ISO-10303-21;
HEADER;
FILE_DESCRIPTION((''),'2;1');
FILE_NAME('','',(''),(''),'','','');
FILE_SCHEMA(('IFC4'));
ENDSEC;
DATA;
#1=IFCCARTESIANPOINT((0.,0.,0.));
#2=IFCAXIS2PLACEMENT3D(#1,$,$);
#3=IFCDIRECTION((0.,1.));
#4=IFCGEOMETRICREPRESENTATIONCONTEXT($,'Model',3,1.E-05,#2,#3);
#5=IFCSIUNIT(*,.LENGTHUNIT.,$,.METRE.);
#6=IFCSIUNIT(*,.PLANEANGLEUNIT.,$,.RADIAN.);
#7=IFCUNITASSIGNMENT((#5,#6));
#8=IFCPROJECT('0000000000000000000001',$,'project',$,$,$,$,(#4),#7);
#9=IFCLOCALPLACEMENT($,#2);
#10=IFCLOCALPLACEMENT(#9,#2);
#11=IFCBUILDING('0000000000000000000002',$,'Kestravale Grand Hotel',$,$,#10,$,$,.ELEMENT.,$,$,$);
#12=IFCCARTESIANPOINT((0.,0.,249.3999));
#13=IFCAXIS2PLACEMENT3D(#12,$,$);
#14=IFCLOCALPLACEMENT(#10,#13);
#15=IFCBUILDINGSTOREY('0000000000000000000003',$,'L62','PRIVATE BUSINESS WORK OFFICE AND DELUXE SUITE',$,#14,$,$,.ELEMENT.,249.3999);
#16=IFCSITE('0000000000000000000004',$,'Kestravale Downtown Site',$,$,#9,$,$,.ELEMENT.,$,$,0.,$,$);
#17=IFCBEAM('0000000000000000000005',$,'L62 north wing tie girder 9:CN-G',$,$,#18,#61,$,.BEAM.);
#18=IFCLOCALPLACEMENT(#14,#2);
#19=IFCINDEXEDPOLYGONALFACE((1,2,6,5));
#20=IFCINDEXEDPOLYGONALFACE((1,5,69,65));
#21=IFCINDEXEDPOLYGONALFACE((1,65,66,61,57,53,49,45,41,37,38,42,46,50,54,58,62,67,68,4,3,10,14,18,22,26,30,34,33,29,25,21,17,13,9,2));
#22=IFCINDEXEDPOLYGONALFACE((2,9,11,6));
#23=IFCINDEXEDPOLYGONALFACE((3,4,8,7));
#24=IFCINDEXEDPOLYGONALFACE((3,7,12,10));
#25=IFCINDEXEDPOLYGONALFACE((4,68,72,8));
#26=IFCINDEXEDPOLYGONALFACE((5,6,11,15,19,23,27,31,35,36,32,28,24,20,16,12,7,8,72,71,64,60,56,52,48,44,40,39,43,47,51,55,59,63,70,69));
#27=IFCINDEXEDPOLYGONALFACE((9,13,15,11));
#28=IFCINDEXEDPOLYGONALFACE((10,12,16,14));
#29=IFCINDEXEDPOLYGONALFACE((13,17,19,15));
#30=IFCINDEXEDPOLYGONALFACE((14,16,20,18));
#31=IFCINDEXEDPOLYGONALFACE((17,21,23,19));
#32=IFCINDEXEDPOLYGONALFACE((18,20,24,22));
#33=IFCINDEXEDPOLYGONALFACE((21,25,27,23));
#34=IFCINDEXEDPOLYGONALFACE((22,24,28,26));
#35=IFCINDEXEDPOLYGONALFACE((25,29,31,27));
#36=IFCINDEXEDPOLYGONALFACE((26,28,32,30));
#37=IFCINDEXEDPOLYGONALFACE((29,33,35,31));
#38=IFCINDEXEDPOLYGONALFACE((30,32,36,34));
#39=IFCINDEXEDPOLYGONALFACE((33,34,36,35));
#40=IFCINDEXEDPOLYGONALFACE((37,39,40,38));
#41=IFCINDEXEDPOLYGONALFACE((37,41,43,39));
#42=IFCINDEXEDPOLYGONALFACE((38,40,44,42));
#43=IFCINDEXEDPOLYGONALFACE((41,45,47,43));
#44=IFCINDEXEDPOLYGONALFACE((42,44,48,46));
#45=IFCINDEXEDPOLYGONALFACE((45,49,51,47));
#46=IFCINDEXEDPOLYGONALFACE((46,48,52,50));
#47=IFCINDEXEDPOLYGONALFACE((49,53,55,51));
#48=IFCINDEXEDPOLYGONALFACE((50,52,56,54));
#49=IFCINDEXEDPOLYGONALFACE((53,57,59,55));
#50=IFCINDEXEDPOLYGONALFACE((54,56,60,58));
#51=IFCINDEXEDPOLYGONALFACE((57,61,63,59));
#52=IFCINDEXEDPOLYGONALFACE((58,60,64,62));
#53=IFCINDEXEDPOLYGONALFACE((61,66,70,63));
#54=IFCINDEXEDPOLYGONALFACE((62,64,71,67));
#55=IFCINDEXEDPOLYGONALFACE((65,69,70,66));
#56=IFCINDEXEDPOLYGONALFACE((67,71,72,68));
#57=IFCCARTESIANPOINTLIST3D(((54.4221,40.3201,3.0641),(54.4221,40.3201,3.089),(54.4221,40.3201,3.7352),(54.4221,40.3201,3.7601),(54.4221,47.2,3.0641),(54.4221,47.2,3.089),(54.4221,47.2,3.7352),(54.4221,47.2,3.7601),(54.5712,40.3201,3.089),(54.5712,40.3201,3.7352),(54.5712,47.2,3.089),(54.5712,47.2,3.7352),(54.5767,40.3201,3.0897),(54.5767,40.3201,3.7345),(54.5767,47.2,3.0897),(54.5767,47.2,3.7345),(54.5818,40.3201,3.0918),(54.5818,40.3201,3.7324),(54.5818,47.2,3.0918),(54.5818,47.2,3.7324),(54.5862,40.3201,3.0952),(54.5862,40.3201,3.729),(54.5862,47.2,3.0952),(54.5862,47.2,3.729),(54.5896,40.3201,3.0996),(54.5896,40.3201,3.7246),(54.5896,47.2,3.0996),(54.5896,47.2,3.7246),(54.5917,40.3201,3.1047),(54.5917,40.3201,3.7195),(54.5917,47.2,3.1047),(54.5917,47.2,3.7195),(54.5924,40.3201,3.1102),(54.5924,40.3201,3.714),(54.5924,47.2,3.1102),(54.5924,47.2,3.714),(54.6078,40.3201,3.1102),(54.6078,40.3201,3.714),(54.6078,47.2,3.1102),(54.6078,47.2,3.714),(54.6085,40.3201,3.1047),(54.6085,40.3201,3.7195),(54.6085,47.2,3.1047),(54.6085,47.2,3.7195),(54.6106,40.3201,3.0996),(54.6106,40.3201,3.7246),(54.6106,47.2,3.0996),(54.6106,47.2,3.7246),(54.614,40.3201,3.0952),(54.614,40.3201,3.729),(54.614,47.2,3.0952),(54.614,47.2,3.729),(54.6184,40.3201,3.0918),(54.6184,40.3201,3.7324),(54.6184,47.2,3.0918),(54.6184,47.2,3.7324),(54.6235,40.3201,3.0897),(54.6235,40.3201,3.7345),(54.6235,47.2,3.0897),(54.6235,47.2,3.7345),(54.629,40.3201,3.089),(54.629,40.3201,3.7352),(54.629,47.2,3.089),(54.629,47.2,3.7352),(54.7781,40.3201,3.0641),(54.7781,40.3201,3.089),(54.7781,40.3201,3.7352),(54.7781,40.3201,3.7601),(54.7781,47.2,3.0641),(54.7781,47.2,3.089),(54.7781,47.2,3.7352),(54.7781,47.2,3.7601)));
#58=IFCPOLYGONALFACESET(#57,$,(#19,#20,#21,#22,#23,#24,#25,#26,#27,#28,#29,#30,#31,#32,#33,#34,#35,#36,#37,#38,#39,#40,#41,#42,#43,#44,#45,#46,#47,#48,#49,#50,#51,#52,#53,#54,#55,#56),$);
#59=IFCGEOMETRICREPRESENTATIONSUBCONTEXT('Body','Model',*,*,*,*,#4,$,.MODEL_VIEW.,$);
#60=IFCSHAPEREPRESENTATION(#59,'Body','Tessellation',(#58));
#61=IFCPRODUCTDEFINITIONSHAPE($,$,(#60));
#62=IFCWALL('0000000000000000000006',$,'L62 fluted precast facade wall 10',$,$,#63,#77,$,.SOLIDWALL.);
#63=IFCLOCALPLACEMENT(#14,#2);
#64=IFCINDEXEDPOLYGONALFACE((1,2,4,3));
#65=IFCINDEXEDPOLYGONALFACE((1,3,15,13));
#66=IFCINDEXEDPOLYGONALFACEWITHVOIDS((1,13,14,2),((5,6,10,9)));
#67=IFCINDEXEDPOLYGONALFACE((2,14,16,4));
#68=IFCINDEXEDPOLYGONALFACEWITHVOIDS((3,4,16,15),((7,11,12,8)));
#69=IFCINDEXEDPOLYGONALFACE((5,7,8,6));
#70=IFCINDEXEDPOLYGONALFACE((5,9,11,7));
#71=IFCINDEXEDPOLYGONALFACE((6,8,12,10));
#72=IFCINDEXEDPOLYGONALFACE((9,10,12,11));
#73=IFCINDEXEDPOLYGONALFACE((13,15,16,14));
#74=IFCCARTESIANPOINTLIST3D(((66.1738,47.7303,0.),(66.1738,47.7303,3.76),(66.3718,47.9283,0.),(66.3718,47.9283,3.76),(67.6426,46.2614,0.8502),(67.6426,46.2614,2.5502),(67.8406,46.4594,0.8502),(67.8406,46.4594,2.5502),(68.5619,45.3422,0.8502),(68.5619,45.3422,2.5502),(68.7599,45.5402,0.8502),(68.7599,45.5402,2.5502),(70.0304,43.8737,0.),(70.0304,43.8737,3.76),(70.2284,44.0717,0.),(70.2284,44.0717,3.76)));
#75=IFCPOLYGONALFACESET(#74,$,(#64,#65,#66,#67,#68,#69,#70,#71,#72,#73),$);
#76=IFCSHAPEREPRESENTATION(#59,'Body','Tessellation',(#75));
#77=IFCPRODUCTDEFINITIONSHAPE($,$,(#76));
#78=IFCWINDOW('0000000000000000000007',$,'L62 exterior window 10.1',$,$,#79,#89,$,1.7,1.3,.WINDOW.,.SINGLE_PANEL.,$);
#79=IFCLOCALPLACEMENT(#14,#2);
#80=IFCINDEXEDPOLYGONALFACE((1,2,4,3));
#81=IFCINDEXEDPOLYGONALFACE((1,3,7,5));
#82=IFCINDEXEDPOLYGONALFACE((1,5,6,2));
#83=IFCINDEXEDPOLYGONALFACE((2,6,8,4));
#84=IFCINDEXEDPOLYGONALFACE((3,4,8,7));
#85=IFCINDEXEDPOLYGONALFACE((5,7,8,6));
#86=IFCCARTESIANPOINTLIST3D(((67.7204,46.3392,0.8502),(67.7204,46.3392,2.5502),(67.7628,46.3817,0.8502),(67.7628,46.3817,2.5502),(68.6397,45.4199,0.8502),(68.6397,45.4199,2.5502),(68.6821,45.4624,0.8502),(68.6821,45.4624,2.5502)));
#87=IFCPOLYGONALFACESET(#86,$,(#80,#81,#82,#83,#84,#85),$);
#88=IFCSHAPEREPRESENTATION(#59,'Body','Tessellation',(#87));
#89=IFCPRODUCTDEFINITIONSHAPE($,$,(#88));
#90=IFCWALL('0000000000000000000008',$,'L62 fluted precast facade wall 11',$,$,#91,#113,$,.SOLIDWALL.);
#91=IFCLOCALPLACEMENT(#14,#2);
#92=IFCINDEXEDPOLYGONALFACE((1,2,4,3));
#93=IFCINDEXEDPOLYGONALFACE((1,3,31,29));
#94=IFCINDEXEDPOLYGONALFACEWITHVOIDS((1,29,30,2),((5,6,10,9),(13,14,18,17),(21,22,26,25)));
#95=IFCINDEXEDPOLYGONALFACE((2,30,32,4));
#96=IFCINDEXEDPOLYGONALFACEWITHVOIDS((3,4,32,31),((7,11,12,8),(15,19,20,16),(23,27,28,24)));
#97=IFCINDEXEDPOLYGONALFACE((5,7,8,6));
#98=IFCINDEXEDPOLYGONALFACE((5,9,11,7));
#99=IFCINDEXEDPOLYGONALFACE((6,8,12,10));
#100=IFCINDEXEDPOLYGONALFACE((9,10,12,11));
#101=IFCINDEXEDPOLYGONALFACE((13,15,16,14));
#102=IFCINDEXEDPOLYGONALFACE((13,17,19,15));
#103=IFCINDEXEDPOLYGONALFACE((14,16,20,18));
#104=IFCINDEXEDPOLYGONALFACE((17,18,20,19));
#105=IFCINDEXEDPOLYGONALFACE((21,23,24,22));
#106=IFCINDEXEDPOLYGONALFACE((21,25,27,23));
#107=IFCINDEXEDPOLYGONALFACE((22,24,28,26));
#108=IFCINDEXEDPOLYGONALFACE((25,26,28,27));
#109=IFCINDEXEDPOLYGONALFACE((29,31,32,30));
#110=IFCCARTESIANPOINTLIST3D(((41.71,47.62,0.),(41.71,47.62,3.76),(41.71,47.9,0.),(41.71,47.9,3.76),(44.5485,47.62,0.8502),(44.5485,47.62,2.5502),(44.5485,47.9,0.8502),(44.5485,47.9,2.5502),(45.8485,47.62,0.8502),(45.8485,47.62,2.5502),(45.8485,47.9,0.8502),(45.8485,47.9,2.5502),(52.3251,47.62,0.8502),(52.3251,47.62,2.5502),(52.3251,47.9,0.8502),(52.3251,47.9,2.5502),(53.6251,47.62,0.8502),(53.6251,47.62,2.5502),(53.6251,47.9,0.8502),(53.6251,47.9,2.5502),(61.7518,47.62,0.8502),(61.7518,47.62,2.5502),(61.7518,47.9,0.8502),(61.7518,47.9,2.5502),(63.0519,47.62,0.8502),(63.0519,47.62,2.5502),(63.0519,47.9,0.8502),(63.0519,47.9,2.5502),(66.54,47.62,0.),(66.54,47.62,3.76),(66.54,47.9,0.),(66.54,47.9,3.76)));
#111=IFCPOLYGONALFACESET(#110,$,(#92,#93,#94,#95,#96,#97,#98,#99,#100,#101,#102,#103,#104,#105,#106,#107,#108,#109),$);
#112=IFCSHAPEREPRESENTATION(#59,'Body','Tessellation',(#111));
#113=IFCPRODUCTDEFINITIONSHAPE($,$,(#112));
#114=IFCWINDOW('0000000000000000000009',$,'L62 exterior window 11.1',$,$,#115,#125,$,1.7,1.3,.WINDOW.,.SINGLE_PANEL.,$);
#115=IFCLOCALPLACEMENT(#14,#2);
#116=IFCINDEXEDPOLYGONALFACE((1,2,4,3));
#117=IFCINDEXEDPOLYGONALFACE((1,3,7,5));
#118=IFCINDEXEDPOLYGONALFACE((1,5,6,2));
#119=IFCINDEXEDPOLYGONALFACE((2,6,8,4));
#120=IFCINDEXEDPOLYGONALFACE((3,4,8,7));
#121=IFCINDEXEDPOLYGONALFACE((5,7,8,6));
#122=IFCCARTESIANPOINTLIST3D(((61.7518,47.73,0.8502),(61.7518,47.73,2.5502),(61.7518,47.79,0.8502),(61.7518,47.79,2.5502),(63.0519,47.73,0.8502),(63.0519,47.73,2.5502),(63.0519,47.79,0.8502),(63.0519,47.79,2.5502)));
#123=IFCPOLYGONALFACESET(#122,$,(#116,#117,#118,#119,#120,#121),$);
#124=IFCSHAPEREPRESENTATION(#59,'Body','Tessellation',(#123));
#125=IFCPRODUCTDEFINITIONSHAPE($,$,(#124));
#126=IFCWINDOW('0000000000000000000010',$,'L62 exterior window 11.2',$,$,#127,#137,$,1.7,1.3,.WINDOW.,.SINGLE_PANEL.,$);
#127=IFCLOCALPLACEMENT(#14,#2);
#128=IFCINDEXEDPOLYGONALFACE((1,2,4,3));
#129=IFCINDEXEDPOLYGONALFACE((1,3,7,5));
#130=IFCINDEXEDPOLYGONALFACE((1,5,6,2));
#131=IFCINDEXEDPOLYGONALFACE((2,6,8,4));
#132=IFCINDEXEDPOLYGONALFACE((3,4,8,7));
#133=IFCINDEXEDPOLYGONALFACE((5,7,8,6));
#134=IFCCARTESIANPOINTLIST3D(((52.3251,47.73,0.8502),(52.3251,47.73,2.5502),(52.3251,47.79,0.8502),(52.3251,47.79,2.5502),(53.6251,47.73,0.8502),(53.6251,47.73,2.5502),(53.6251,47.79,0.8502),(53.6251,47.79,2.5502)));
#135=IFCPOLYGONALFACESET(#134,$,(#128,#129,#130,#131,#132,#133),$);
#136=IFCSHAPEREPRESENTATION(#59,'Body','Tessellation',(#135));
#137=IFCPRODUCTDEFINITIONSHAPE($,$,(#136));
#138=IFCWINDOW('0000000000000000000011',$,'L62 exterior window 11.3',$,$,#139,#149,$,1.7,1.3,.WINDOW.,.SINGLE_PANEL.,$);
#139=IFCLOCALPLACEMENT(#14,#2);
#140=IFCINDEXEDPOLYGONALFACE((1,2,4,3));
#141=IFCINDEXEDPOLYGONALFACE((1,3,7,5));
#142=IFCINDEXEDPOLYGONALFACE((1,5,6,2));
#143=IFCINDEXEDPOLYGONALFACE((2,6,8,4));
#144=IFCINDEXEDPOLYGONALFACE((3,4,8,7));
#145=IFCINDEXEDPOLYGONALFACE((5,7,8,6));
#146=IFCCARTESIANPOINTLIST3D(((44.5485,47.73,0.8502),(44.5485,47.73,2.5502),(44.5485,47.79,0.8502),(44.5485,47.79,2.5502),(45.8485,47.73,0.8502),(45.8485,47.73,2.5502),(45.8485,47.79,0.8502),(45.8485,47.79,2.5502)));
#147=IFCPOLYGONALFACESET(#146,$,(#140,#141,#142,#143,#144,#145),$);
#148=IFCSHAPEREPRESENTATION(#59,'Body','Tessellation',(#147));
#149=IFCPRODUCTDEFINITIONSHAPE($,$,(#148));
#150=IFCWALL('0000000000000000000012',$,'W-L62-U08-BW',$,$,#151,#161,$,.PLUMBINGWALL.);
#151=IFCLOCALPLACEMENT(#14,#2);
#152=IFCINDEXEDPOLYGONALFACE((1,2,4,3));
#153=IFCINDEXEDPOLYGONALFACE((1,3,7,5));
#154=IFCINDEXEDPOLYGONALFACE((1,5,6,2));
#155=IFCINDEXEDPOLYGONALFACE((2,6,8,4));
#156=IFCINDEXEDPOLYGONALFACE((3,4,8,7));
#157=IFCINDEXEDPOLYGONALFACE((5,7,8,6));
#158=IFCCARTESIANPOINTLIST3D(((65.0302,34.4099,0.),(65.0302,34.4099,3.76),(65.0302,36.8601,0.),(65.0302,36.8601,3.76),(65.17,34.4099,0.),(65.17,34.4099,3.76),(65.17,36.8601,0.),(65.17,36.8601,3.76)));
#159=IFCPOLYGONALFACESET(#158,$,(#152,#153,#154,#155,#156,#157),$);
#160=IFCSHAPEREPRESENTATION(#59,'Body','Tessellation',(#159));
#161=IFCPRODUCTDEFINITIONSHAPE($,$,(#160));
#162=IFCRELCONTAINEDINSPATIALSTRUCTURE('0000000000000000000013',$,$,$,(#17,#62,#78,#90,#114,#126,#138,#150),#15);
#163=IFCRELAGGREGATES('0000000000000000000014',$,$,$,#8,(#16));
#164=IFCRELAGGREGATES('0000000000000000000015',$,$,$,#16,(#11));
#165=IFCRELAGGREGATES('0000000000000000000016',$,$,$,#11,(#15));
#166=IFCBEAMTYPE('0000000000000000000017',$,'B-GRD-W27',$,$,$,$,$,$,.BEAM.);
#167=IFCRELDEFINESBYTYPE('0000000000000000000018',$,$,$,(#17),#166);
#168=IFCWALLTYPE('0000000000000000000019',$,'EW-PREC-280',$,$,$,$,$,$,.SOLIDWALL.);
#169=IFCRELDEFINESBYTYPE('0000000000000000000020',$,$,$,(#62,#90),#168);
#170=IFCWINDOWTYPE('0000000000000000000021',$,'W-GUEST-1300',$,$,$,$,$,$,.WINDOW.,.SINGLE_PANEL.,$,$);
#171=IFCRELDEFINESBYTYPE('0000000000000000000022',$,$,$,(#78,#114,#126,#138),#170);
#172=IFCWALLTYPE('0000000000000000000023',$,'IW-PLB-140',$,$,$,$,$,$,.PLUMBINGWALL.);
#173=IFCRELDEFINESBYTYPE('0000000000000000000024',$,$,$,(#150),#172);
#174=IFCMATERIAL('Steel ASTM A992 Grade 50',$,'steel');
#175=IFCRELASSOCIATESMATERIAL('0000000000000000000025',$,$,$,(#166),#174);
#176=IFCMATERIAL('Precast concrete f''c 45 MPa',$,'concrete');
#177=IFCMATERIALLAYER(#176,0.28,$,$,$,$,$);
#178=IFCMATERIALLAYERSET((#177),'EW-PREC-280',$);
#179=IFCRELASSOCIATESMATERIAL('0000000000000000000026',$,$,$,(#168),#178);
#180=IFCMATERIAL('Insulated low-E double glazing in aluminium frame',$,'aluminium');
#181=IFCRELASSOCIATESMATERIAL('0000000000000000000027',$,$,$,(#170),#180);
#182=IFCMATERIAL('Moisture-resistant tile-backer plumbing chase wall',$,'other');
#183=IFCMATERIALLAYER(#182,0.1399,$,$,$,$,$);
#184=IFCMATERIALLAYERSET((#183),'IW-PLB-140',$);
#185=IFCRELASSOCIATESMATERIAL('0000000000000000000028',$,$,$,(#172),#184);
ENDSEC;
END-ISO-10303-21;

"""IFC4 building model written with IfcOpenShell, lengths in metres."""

from ifc_helpers import new_model, si_unit, direction, frame, frame_2d, origin, origin_2d, place, context, subcontext, project, spatial, rectangle, i_section, extrude, material, layer, layer_set, material_profile, profile_set, type_object, element, fill, save


model = new_model("IFC4")

# Units and contexts
model_context = context("Model", 3, precision=1e-05, world=origin(), true_north=direction((0.0, 1.0)))
body_context = subcontext(model_context, "Body", "Model", "MODEL_VIEW")
ifc_project = project(units=[si_unit("LENGTHUNIT", "METRE"), si_unit("PLANEANGLEUNIT", "RADIAN")], contexts=[model_context])

# Site, building, storey
site_placement = place(None, origin())
site = spatial("IfcSite", under=ifc_project, at=site_placement, Name="Kestravale Downtown Site", CompositionType="ELEMENT", RefElevation=0.0)
building_placement = place(site_placement, origin())
building = spatial("IfcBuilding", under=site, at=building_placement, Name="Kestravale Grand Hotel", CompositionType="ELEMENT")
storey_placement = place(building_placement, frame((0.0, 0.0, 249.3999)))
storey = spatial("IfcBuildingStorey", under=building, at=storey_placement, Name="L62", Description="PRIVATE BUSINESS WORK OFFICE AND DELUXE SUITE", CompositionType="ELEMENT", Elevation=249.3999)

# Beam
ifc_material_1 = material(Name="Steel ASTM A992 Grade 50", Category="steel")
ifc_material_profile_1 = material_profile(ifc_material_1, i_section(OverallWidth=0.356, OverallDepth=0.696, WebThickness=0.0154, FlangeThickness=0.0249, FilletRadius=0.0212, at=origin_2d()))
ifc_profile_set_1 = profile_set([ifc_material_profile_1], Name="Steel ASTM A992 Grade 50")
beam_type = type_object("IfcBeamType", Name="B-GRD-W27", PredefinedType="BEAM", material=ifc_profile_set_1)
beam_1_placement = place(storey_placement, frame((54.6001, 40.3201, 3.4121), z_axis=(0.0, 1.0, 0.0), x_axis=(-1.0, 0.0, 0.0)))
element("IfcBeam", 1, at=beam_1_placement, inside=storey, type_object=beam_type, Name="L62 north wing tie girder 9:CN-G", PredefinedType="BEAM", context=body_context, shape_type="SweptSolid", body=[
    extrude(i_section(OverallWidth=0.356, OverallDepth=0.696, WebThickness=0.0154, FlangeThickness=0.0249, FilletRadius=0.0212, at=origin_2d()), origin(), (0.0, 0.0, 1.0), 6.8799),
])

# Wall, opening, window
ifc_material_2 = material(Name="Precast concrete f'c 45 MPa", Category="concrete")
ifc_layer_1 = layer(ifc_material_2, 0.28)
ifc_layer_set_1 = layer_set([ifc_layer_1], Name="EW-PREC-280")
wall_type_1 = type_object("IfcWallType", Name="EW-PREC-280", PredefinedType="SOLIDWALL", material=ifc_layer_set_1)
wall_1_placement = place(storey_placement, frame((70.1294, 43.9727, 0.0), z_axis=(0.0, 0.0, 1.0), x_axis=(-0.707107, 0.707107, 0.0)))
wall_1 = element("IfcWall", 2, at=wall_1_placement, inside=storey, type_object=wall_type_1, Name="L62 fluted precast facade wall 10", PredefinedType="SOLIDWALL", context=body_context, shape_type="SweptSolid", body=[
    extrude(rectangle(XDim=5.4541, YDim=0.28, at=frame_2d((2.7271, 0.0))), origin(), (0.0, 0.0, 1.0), 3.76),
])
opening_1_placement = place(wall_1_placement, frame((2.0769, 0.0, 0.8501)))
opening_1 = element("IfcOpeningElement", 3, at=opening_1_placement, cuts=wall_1, PredefinedType="OPENING", context=body_context, shape_type="SweptSolid", body=[
    extrude(rectangle(XDim=1.3, YDim=1.7, at=frame_2d((0.6499, 0.8501))), frame((0.0, 0.1499, 0.0), z_axis=(0.0, -1.0, 0.0), x_axis=(1.0, 0.0, 0.0)), (0.0, 0.0, 1.0), 0.3),
])
ifc_material_3 = material(Name="Insulated low-E double glazing in aluminium frame", Category="aluminium")
window_type = type_object("IfcWindowType", Name="W-GUEST-1300", PartitioningType="SINGLE_PANEL", PredefinedType="WINDOW", material=ifc_material_3)
window_1_placement = place(opening_1_placement, origin())
window_1 = element("IfcWindow", 4, at=window_1_placement, inside=storey, type_object=window_type, Name="L62 exterior window 10.1", OverallHeight=1.7, OverallWidth=1.3, PartitioningType="SINGLE_PANEL", PredefinedType="WINDOW", context=body_context, shape_type="SweptSolid", body=[
    extrude(rectangle(XDim=1.3, YDim=1.7, at=frame_2d((0.6499, 0.8501))), frame((0.0, 0.03, 0.0), z_axis=(0.0, -1.0, 0.0), x_axis=(1.0, 0.0, 0.0)), (0.0, 0.0, 1.0), 0.0601),
])
fill(opening_1, window_1)

# Wall, openings, windows
wall_2_placement = place(storey_placement, frame((66.54, 47.76, 0.0), z_axis=(0.0, 0.0, 1.0), x_axis=(-1.0, 0.0, 0.0)))
wall_2 = element("IfcWall", 5, at=wall_2_placement, inside=storey, type_object=wall_type_1, Name="L62 fluted precast facade wall 11", PredefinedType="SOLIDWALL", context=body_context, shape_type="SweptSolid", body=[
    extrude(rectangle(XDim=24.8301, YDim=0.28, at=frame_2d((12.415, 0.0))), origin(), (0.0, 0.0, 1.0), 3.76),
])
opening_2_placement = place(wall_2_placement, frame((3.4883, 0.0, 0.8501)))
opening_2 = element("IfcOpeningElement", 6, at=opening_2_placement, cuts=wall_2, PredefinedType="OPENING", context=body_context, shape_type="SweptSolid", body=[
    extrude(rectangle(XDim=1.3, YDim=1.7, at=frame_2d((0.6499, 0.8501))), frame((0.0, 0.1499, 0.0), z_axis=(0.0, -1.0, 0.0), x_axis=(1.0, 0.0, 0.0)), (0.0, 0.0, 1.0), 0.3),
])
opening_3_placement = place(wall_2_placement, frame((12.915, 0.0, 0.8501)))
opening_3 = element("IfcOpeningElement", 7, at=opening_3_placement, cuts=wall_2, PredefinedType="OPENING", context=body_context, shape_type="SweptSolid", body=[
    extrude(rectangle(XDim=1.3, YDim=1.7, at=frame_2d((0.6499, 0.8501))), frame((0.0, 0.1499, 0.0), z_axis=(0.0, -1.0, 0.0), x_axis=(1.0, 0.0, 0.0)), (0.0, 0.0, 1.0), 0.3),
])
opening_4_placement = place(wall_2_placement, frame((20.6917, 0.0, 0.8501)))
opening_4 = element("IfcOpeningElement", 8, at=opening_4_placement, cuts=wall_2, PredefinedType="OPENING", context=body_context, shape_type="SweptSolid", body=[
    extrude(rectangle(XDim=1.3, YDim=1.7, at=frame_2d((0.6499, 0.8501))), frame((0.0, 0.1499, 0.0), z_axis=(0.0, -1.0, 0.0), x_axis=(1.0, 0.0, 0.0)), (0.0, 0.0, 1.0), 0.3),
])
window_2_placement = place(opening_2_placement, origin())
window_2 = element("IfcWindow", 9, at=window_2_placement, inside=storey, type_object=window_type, Name="L62 exterior window 11.1", OverallHeight=1.7, OverallWidth=1.3, PartitioningType="SINGLE_PANEL", PredefinedType="WINDOW", context=body_context, shape_type="SweptSolid", body=[
    extrude(rectangle(XDim=1.3, YDim=1.7, at=frame_2d((0.6499, 0.8501))), frame((0.0, 0.03, 0.0), z_axis=(0.0, -1.0, 0.0), x_axis=(1.0, 0.0, 0.0)), (0.0, 0.0, 1.0), 0.0601),
])
fill(opening_2, window_2)
window_3_placement = place(opening_3_placement, origin())
window_3 = element("IfcWindow", 10, at=window_3_placement, inside=storey, type_object=window_type, Name="L62 exterior window 11.2", OverallHeight=1.7, OverallWidth=1.3, PartitioningType="SINGLE_PANEL", PredefinedType="WINDOW", context=body_context, shape_type="SweptSolid", body=[
    extrude(rectangle(XDim=1.3, YDim=1.7, at=frame_2d((0.6499, 0.8501))), frame((0.0, 0.03, 0.0), z_axis=(0.0, -1.0, 0.0), x_axis=(1.0, 0.0, 0.0)), (0.0, 0.0, 1.0), 0.0601),
])
fill(opening_3, window_3)
window_4_placement = place(opening_4_placement, origin())
window_4 = element("IfcWindow", 11, at=window_4_placement, inside=storey, type_object=window_type, Name="L62 exterior window 11.3", OverallHeight=1.7, OverallWidth=1.3, PartitioningType="SINGLE_PANEL", PredefinedType="WINDOW", context=body_context, shape_type="SweptSolid", body=[
    extrude(rectangle(XDim=1.3, YDim=1.7, at=frame_2d((0.6499, 0.8501))), frame((0.0, 0.03, 0.0), z_axis=(0.0, -1.0, 0.0), x_axis=(1.0, 0.0, 0.0)), (0.0, 0.0, 1.0), 0.0601),
])
fill(opening_4, window_4)

# Wall
ifc_material_4 = material(Name="Moisture-resistant tile-backer plumbing chase wall", Category="other")
ifc_layer_2 = layer(ifc_material_4, 0.1399)
ifc_layer_set_2 = layer_set([ifc_layer_2], Name="IW-PLB-140")
wall_type_2 = type_object("IfcWallType", Name="IW-PLB-140", PredefinedType="PLUMBINGWALL", material=ifc_layer_set_2)
wall_3_placement = place(storey_placement, frame((65.1001, 34.4099, 0.0), z_axis=(0.0, 0.0, 1.0), x_axis=(0.0, 1.0, 0.0)))
element("IfcWall", 12, at=wall_3_placement, inside=storey, type_object=wall_type_2, Name="W-L62-U08-BW", PredefinedType="PLUMBINGWALL", context=body_context, shape_type="SweptSolid", body=[
    extrude(rectangle(XDim=2.4502, YDim=0.1399, at=frame_2d((1.2251, 0.0))), origin(), (0.0, 0.0, 1.0), 3.76),
])

save(model, "model.ifc")
